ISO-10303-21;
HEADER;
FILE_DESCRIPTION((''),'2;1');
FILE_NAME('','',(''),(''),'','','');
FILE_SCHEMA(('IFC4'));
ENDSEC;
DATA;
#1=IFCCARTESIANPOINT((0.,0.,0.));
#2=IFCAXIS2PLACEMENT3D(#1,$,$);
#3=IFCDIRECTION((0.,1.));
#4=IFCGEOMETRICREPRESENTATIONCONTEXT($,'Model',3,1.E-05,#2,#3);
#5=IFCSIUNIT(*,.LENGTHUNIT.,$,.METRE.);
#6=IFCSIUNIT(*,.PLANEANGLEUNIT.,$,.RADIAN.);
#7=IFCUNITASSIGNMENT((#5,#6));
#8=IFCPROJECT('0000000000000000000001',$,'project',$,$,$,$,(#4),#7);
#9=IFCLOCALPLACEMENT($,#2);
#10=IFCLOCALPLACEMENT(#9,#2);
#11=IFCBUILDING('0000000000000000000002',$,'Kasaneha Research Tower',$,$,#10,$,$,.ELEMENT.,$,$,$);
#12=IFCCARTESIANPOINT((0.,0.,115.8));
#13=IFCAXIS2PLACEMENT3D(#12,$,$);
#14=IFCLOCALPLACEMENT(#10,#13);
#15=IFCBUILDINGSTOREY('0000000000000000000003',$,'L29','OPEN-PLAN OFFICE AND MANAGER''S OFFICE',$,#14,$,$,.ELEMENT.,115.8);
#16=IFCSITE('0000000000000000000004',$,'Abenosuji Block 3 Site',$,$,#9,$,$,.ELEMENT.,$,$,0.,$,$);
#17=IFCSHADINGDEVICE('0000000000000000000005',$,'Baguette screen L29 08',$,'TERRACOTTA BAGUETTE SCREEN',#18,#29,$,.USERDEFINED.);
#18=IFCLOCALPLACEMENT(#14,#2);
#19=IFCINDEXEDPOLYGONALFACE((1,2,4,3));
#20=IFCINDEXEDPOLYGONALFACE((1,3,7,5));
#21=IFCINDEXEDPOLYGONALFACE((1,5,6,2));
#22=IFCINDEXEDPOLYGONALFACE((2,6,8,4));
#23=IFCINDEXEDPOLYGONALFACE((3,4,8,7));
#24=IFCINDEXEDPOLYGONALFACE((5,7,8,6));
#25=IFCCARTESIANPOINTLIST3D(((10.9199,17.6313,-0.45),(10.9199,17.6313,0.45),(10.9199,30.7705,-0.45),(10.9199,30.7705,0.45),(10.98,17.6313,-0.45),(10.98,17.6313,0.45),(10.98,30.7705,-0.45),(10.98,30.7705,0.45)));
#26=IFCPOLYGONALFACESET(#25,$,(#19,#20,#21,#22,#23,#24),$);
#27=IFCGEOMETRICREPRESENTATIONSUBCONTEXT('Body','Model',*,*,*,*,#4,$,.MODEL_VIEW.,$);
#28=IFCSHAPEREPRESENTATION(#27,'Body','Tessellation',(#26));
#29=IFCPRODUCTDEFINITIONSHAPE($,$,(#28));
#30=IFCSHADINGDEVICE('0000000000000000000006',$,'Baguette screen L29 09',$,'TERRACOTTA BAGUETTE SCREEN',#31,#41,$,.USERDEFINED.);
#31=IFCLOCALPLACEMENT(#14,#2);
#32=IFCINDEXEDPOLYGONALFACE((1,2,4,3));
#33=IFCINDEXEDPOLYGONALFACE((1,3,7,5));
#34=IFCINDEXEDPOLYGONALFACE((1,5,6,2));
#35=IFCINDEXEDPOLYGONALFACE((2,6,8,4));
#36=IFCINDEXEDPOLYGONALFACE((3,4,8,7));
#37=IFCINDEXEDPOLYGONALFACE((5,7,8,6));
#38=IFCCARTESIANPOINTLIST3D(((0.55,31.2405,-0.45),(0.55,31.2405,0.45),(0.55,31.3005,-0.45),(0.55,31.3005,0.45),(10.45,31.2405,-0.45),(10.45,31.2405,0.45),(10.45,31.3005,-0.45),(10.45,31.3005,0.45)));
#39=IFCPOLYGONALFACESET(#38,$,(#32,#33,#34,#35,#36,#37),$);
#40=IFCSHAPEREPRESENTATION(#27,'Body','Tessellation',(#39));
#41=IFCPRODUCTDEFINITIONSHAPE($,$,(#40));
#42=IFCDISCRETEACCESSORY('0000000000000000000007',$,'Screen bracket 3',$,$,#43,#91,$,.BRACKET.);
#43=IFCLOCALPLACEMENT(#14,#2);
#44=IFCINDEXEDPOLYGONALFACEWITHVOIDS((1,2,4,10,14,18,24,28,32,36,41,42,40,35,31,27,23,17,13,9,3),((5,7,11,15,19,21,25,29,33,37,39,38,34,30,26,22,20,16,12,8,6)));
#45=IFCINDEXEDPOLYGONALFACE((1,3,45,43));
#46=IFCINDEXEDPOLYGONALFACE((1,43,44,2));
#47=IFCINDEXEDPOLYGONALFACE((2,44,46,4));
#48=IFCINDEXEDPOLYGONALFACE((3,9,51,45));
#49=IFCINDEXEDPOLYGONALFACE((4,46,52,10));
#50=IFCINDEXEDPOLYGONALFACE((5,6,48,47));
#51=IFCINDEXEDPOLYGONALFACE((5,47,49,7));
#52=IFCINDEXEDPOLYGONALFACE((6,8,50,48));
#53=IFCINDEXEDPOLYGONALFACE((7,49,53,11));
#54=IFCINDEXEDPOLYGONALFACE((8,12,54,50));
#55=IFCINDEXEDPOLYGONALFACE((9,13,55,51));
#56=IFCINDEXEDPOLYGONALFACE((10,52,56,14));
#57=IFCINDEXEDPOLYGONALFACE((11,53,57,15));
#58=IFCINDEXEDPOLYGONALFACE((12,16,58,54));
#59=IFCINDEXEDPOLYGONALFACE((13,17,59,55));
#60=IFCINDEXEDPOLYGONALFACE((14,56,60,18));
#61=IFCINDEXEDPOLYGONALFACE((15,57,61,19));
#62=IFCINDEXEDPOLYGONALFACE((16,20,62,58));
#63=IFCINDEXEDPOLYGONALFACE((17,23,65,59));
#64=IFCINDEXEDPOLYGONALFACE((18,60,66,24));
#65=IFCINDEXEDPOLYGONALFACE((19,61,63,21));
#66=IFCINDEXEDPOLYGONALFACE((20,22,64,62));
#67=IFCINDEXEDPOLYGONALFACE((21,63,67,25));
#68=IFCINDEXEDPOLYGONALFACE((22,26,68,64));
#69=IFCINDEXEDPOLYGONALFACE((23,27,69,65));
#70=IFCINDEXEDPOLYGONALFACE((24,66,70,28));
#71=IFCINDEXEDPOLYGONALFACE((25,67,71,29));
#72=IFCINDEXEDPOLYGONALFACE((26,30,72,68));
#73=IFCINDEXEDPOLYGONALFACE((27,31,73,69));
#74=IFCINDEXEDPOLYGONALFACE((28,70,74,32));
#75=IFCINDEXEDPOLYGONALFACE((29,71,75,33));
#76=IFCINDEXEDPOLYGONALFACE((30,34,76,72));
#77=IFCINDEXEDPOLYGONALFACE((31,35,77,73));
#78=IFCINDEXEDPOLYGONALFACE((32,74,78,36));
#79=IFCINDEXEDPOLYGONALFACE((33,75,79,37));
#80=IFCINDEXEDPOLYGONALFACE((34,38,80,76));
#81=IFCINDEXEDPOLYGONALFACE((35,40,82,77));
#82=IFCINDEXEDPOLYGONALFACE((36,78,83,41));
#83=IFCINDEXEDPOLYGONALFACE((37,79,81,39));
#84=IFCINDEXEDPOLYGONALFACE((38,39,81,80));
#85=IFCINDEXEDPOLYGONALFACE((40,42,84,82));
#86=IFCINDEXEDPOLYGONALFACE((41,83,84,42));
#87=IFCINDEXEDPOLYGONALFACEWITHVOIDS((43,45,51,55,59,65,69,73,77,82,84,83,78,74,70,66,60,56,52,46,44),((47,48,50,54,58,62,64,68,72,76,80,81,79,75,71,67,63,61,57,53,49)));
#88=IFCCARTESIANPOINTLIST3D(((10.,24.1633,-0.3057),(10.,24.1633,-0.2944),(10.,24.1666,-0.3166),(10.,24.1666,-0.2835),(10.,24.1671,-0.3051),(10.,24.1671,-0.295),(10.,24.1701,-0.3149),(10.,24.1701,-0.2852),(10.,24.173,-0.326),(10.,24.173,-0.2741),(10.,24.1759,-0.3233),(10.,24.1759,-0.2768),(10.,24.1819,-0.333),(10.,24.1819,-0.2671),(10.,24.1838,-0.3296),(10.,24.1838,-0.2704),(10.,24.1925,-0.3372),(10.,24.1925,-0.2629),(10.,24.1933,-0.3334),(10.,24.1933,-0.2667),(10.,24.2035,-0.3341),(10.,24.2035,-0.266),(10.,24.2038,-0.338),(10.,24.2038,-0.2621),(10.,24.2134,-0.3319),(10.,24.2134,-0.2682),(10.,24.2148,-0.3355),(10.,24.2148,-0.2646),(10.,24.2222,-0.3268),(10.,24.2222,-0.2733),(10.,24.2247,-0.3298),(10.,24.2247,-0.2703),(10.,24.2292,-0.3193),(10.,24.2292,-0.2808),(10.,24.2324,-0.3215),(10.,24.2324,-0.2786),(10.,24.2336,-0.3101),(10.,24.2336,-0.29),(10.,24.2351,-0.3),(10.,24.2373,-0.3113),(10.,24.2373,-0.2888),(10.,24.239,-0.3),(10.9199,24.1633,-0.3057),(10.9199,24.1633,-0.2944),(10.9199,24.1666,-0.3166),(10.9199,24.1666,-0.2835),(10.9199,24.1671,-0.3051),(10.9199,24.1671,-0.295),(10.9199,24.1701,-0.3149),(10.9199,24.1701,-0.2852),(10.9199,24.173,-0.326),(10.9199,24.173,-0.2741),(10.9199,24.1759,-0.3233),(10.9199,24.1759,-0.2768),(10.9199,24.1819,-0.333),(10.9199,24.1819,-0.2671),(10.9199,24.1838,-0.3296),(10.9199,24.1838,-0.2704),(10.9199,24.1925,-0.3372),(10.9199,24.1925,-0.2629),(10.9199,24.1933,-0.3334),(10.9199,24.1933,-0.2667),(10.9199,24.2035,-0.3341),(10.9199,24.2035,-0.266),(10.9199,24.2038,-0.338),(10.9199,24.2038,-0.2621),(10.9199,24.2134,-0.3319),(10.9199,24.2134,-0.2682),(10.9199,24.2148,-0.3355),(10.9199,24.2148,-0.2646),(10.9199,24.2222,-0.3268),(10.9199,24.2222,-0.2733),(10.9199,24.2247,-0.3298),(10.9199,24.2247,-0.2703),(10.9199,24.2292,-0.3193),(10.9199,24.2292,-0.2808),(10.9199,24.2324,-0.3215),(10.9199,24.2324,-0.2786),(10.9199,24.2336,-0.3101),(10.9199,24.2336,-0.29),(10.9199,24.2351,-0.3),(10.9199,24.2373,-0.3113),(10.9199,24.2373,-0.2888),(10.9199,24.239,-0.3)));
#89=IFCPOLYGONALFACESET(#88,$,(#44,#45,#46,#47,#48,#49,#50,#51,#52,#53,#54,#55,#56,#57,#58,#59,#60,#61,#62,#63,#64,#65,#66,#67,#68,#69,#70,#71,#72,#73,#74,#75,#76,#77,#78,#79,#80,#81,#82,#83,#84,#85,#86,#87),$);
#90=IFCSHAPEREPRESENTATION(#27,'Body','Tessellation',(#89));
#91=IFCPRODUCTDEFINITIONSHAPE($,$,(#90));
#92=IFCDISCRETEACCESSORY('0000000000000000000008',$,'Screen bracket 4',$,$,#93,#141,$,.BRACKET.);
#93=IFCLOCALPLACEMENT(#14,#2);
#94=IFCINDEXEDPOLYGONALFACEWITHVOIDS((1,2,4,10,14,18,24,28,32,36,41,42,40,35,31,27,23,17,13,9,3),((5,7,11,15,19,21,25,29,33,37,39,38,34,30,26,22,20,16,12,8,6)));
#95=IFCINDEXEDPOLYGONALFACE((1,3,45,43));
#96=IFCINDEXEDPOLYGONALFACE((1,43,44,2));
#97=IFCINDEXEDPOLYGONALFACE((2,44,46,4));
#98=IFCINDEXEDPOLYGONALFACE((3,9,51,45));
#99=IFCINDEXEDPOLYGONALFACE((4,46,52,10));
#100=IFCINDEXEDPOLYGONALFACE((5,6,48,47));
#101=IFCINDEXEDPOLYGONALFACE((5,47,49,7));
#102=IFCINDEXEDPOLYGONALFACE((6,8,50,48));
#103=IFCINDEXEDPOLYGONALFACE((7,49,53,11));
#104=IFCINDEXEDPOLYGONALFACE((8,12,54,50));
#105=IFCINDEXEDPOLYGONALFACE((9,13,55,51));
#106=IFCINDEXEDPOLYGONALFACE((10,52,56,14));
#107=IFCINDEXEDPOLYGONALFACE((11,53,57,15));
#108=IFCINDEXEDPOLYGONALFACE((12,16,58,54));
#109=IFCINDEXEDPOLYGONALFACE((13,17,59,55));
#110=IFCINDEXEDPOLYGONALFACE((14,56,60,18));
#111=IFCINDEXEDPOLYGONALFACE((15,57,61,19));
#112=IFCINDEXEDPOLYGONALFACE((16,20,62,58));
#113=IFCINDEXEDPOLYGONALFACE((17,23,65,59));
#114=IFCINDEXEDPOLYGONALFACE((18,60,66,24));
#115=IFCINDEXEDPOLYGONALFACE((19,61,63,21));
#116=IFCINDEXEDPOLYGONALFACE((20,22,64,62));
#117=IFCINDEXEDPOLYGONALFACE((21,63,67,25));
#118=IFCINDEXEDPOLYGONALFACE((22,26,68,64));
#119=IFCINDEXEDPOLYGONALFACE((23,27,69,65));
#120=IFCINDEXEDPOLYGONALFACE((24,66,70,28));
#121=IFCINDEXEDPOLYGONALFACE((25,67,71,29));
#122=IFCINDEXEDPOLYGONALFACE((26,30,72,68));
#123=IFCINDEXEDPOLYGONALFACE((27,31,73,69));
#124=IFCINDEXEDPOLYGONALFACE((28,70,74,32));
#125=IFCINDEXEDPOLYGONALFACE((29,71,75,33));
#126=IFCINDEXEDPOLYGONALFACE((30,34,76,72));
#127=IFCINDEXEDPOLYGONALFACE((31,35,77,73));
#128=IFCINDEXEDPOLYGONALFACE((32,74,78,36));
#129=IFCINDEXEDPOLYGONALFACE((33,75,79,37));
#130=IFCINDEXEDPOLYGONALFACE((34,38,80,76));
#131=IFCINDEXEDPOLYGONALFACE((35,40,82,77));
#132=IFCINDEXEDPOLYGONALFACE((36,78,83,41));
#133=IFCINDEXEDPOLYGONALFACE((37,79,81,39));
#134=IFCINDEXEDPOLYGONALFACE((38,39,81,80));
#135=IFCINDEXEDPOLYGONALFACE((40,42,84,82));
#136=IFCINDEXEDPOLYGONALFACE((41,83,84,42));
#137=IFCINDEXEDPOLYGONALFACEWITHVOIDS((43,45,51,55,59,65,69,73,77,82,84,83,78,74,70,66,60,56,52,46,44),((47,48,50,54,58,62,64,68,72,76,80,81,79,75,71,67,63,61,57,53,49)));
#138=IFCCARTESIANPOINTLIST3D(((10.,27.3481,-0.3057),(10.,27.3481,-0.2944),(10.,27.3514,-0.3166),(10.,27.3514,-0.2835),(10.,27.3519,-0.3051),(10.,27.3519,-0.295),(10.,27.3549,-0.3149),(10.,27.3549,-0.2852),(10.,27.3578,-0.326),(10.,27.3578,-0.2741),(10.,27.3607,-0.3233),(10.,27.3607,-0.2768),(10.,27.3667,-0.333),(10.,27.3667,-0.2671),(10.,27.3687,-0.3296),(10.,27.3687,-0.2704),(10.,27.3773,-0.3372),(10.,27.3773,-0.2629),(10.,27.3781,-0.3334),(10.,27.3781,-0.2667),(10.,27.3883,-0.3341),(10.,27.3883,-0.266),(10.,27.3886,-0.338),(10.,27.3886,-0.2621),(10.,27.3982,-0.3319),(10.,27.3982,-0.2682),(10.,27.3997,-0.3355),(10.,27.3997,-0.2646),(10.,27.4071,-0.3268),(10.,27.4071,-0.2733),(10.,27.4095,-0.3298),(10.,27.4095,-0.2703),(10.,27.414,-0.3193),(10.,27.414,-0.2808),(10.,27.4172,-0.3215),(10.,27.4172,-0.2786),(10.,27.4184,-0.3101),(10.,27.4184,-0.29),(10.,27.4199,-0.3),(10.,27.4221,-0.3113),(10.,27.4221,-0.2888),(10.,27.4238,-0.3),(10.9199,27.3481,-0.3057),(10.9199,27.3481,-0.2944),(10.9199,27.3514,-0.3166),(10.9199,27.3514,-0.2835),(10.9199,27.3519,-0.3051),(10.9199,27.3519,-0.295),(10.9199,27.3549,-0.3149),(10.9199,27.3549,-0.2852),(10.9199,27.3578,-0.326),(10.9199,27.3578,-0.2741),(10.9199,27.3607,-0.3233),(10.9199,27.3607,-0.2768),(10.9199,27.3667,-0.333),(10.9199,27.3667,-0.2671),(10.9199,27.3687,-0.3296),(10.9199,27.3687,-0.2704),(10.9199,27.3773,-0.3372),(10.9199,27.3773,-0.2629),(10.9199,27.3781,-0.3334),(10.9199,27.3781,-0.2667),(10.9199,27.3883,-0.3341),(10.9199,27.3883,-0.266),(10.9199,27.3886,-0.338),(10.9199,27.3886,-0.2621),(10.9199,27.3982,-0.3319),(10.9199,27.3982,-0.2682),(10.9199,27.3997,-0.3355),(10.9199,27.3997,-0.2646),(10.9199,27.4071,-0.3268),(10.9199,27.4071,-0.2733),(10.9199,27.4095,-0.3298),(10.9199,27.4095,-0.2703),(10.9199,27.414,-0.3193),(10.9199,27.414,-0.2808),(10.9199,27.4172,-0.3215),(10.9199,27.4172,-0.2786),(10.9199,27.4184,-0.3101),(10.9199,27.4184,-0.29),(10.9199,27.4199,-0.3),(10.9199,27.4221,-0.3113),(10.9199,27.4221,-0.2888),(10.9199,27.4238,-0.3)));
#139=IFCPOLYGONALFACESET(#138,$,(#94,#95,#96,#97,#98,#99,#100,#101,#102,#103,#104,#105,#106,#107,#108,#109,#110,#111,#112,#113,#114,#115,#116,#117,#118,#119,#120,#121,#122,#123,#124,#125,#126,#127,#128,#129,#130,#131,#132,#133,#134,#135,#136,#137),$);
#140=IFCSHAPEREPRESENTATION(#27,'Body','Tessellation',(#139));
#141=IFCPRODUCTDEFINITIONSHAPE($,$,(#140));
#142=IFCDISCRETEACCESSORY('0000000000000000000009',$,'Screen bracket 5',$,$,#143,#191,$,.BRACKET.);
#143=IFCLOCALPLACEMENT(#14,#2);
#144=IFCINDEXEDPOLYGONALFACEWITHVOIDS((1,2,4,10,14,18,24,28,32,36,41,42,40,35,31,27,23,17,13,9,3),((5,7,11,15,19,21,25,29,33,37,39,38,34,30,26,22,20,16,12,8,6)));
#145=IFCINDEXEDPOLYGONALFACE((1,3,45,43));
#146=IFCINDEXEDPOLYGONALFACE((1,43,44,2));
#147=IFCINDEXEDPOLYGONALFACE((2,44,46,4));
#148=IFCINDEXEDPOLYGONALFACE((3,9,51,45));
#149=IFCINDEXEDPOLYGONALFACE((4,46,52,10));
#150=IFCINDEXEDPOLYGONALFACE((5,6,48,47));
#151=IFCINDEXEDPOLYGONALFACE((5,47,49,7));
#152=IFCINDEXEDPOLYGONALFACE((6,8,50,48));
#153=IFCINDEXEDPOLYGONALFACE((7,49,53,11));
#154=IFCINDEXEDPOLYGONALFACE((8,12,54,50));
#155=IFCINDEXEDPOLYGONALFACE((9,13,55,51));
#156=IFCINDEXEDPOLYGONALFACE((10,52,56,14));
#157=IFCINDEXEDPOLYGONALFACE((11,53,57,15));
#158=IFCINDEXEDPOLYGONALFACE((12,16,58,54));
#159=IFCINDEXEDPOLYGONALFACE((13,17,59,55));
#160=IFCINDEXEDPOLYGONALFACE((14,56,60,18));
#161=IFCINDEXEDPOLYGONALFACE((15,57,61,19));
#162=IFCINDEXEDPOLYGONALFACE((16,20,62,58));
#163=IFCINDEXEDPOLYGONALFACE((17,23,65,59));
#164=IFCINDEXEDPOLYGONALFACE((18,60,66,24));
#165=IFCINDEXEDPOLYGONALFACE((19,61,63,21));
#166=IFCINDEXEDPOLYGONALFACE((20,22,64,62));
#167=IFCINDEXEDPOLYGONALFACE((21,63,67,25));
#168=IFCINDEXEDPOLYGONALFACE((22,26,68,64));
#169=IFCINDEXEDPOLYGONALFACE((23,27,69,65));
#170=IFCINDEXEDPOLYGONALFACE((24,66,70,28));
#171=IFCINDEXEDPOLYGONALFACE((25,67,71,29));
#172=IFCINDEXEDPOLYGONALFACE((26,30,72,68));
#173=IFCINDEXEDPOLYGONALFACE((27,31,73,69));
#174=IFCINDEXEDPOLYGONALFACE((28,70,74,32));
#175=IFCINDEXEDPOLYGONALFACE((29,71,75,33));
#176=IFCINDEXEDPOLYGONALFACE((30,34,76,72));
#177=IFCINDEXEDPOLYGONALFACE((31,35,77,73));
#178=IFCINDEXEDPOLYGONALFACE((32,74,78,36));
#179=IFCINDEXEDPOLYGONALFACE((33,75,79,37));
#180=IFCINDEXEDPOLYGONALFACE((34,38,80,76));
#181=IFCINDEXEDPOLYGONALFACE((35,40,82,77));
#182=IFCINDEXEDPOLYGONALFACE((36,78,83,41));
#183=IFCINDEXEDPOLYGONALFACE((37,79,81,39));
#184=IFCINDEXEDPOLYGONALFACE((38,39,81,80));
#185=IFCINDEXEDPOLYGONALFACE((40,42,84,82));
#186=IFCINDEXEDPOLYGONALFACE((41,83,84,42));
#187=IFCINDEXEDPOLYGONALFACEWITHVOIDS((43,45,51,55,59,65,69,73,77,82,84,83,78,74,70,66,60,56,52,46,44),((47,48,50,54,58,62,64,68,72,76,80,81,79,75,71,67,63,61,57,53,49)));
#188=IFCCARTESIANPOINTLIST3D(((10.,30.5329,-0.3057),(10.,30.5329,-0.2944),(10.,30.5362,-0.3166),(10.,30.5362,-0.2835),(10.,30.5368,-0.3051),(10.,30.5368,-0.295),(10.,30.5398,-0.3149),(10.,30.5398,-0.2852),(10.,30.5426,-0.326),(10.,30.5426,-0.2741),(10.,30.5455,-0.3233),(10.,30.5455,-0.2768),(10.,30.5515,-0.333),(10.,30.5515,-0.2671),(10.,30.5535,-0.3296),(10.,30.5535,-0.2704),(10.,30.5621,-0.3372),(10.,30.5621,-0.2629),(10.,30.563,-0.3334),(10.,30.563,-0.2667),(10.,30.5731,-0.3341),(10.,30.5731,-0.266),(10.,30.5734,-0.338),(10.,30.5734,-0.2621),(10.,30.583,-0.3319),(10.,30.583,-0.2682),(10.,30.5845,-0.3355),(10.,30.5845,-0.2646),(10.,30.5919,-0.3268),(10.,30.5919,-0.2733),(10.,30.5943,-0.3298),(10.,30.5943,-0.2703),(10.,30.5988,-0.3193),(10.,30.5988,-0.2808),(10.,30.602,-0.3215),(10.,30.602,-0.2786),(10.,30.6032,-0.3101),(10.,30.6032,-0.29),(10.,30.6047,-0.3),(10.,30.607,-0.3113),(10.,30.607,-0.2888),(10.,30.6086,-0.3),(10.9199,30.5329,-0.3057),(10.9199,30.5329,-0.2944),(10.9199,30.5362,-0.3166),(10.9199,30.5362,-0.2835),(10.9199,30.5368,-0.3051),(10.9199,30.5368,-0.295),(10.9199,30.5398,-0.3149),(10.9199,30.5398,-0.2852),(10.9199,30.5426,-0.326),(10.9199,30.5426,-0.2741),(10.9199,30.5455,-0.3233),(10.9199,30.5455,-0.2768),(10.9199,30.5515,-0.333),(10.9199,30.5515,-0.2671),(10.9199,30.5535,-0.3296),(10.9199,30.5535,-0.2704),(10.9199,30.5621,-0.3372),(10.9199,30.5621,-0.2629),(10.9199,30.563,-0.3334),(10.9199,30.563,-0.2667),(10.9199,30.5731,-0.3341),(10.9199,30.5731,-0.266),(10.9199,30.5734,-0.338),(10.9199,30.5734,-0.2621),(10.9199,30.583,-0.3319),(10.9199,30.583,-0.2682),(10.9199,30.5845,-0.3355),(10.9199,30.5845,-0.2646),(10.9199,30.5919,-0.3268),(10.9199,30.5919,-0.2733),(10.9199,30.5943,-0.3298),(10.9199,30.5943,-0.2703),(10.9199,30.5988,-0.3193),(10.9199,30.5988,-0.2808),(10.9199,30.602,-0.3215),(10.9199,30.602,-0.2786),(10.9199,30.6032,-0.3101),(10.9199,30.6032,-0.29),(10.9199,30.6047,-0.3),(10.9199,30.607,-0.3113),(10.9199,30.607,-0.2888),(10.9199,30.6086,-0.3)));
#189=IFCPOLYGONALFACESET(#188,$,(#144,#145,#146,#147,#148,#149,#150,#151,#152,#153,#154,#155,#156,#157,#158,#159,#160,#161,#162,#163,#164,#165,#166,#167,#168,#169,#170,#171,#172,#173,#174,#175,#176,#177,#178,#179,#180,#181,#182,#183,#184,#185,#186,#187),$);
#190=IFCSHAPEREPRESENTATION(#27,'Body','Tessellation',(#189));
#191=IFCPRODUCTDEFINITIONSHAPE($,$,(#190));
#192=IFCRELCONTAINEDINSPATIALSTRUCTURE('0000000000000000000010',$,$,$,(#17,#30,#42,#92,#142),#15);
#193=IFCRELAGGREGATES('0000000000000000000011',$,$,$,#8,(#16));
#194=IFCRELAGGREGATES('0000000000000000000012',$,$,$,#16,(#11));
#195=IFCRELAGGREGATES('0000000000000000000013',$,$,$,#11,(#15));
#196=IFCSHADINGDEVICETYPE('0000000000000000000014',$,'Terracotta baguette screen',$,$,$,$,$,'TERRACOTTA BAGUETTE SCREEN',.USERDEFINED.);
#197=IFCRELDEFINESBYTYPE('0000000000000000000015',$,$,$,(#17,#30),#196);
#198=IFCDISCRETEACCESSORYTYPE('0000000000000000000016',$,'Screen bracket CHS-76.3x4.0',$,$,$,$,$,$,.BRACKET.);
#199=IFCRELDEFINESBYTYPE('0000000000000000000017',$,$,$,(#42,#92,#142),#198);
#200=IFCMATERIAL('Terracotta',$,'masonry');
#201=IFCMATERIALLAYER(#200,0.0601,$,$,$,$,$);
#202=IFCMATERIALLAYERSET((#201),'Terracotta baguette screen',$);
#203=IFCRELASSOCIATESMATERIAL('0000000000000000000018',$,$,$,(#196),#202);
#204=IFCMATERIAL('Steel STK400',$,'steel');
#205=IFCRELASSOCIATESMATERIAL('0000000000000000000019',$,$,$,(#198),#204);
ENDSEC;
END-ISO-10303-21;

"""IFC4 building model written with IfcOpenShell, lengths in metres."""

from ifc_helpers import new_model, si_unit, direction, frame, origin, origin_2d, place, context, subcontext, project, spatial, rectangle, hollow_circle, extrude, material, layer, layer_set, material_profile, profile_set, type_object, element, save


model = new_model("IFC4")

# Units and contexts
model_context = context("Model", 3, precision=1e-05, world=origin(), true_north=direction((0.0, 1.0)))
body_context = subcontext(model_context, "Body", "Model", "MODEL_VIEW")
ifc_project = project(units=[si_unit("LENGTHUNIT", "METRE"), si_unit("PLANEANGLEUNIT", "RADIAN")], contexts=[model_context])

# Site, building, storey
site_placement = place(None, origin())
site = spatial("IfcSite", under=ifc_project, at=site_placement, Name="Abenosuji Block 3 Site", CompositionType="ELEMENT", RefElevation=0.0)
building_placement = place(site_placement, origin())
building = spatial("IfcBuilding", under=site, at=building_placement, Name="Kasaneha Research Tower", CompositionType="ELEMENT")
storey_placement = place(building_placement, frame((0.0, 0.0, 115.8)))
storey = spatial("IfcBuildingStorey", under=building, at=storey_placement, Name="L29", Description="OPEN-PLAN OFFICE AND MANAGER'S OFFICE", CompositionType="ELEMENT", Elevation=115.8)

# Shading devices
ifc_material_1 = material(Name="Terracotta", Category="masonry")
ifc_layer_1 = layer(ifc_material_1, 0.0601)
ifc_layer_set_1 = layer_set([ifc_layer_1], Name="Terracotta baguette screen")
shading_device_type = type_object("IfcShadingDeviceType", Name="Terracotta baguette screen", ElementType="TERRACOTTA BAGUETTE SCREEN", PredefinedType="USERDEFINED", material=ifc_layer_set_1)
shading_device_1_placement = place(storey_placement, frame((10.95, 24.2009, -0.45), z_axis=(0.0, 0.0, 1.0), x_axis=(0.0, 1.0, 0.0)))
element("IfcShadingDevice", 1, at=shading_device_1_placement, inside=storey, type_object=shading_device_type, Name="Baguette screen L29 08", ObjectType="TERRACOTTA BAGUETTE SCREEN", PredefinedType="USERDEFINED", context=body_context, shape_type="SweptSolid", body=[
    extrude(rectangle(XDim=13.1392, YDim=0.0601, at=origin_2d()), origin(), (0.0, 0.0, 1.0), 0.8999),
])
shading_device_2_placement = place(storey_placement, frame((5.5, 31.2705, -0.45), z_axis=(0.0, 0.0, 1.0), x_axis=(-1.0, 0.0, 0.0)))
element("IfcShadingDevice", 2, at=shading_device_2_placement, inside=storey, type_object=shading_device_type, Name="Baguette screen L29 09", ObjectType="TERRACOTTA BAGUETTE SCREEN", PredefinedType="USERDEFINED", context=body_context, shape_type="SweptSolid", body=[
    extrude(rectangle(XDim=9.8999, YDim=0.0601, at=origin_2d()), origin(), (0.0, 0.0, 1.0), 0.8999),
])

# Discrete accessories
ifc_material_2 = material(Name="Steel STK400", Category="steel")
ifc_material_profile_1 = material_profile(ifc_material_2, hollow_circle(Radius=0.0381, WallThickness=0.0039, at=origin_2d()), Name="CHS-76.3x4.0")
ifc_profile_set_1 = profile_set([ifc_material_profile_1], Name="Steel STK400")
discrete_accessory_type = type_object("IfcDiscreteAccessoryType", Name="Screen bracket CHS-76.3x4.0", PredefinedType="BRACKET", material=ifc_profile_set_1)
for number, where, z_axis, x_axis, name in (
    (3, (10.0, 24.2009, -0.3), (1.0, 0.0, 0.0), (0.0, 1.0, 0.0), "Screen bracket 3"),
    (4, (10.0, 27.3857, -0.3), (1.0, 0.0, 0.0), (0.0, 1.0, 0.0), "Screen bracket 4"),
    (5, (10.0, 30.5706, -0.3), (1.0, 0.0, 0.0), (0.0, 1.0, 0.0), "Screen bracket 5"),
):
    element("IfcDiscreteAccessory", number, at=place(storey_placement, frame(where, z_axis=z_axis, x_axis=x_axis)), inside=storey, type_object=discrete_accessory_type, Name=name, PredefinedType="BRACKET", context=body_context, shape_type="SweptSolid", body=[
        extrude(hollow_circle(Radius=0.0381, WallThickness=0.0039, at=origin_2d()), origin(), (0.0, 0.0, 1.0), 0.9199),
    ])

save(model, "model.ifc")
